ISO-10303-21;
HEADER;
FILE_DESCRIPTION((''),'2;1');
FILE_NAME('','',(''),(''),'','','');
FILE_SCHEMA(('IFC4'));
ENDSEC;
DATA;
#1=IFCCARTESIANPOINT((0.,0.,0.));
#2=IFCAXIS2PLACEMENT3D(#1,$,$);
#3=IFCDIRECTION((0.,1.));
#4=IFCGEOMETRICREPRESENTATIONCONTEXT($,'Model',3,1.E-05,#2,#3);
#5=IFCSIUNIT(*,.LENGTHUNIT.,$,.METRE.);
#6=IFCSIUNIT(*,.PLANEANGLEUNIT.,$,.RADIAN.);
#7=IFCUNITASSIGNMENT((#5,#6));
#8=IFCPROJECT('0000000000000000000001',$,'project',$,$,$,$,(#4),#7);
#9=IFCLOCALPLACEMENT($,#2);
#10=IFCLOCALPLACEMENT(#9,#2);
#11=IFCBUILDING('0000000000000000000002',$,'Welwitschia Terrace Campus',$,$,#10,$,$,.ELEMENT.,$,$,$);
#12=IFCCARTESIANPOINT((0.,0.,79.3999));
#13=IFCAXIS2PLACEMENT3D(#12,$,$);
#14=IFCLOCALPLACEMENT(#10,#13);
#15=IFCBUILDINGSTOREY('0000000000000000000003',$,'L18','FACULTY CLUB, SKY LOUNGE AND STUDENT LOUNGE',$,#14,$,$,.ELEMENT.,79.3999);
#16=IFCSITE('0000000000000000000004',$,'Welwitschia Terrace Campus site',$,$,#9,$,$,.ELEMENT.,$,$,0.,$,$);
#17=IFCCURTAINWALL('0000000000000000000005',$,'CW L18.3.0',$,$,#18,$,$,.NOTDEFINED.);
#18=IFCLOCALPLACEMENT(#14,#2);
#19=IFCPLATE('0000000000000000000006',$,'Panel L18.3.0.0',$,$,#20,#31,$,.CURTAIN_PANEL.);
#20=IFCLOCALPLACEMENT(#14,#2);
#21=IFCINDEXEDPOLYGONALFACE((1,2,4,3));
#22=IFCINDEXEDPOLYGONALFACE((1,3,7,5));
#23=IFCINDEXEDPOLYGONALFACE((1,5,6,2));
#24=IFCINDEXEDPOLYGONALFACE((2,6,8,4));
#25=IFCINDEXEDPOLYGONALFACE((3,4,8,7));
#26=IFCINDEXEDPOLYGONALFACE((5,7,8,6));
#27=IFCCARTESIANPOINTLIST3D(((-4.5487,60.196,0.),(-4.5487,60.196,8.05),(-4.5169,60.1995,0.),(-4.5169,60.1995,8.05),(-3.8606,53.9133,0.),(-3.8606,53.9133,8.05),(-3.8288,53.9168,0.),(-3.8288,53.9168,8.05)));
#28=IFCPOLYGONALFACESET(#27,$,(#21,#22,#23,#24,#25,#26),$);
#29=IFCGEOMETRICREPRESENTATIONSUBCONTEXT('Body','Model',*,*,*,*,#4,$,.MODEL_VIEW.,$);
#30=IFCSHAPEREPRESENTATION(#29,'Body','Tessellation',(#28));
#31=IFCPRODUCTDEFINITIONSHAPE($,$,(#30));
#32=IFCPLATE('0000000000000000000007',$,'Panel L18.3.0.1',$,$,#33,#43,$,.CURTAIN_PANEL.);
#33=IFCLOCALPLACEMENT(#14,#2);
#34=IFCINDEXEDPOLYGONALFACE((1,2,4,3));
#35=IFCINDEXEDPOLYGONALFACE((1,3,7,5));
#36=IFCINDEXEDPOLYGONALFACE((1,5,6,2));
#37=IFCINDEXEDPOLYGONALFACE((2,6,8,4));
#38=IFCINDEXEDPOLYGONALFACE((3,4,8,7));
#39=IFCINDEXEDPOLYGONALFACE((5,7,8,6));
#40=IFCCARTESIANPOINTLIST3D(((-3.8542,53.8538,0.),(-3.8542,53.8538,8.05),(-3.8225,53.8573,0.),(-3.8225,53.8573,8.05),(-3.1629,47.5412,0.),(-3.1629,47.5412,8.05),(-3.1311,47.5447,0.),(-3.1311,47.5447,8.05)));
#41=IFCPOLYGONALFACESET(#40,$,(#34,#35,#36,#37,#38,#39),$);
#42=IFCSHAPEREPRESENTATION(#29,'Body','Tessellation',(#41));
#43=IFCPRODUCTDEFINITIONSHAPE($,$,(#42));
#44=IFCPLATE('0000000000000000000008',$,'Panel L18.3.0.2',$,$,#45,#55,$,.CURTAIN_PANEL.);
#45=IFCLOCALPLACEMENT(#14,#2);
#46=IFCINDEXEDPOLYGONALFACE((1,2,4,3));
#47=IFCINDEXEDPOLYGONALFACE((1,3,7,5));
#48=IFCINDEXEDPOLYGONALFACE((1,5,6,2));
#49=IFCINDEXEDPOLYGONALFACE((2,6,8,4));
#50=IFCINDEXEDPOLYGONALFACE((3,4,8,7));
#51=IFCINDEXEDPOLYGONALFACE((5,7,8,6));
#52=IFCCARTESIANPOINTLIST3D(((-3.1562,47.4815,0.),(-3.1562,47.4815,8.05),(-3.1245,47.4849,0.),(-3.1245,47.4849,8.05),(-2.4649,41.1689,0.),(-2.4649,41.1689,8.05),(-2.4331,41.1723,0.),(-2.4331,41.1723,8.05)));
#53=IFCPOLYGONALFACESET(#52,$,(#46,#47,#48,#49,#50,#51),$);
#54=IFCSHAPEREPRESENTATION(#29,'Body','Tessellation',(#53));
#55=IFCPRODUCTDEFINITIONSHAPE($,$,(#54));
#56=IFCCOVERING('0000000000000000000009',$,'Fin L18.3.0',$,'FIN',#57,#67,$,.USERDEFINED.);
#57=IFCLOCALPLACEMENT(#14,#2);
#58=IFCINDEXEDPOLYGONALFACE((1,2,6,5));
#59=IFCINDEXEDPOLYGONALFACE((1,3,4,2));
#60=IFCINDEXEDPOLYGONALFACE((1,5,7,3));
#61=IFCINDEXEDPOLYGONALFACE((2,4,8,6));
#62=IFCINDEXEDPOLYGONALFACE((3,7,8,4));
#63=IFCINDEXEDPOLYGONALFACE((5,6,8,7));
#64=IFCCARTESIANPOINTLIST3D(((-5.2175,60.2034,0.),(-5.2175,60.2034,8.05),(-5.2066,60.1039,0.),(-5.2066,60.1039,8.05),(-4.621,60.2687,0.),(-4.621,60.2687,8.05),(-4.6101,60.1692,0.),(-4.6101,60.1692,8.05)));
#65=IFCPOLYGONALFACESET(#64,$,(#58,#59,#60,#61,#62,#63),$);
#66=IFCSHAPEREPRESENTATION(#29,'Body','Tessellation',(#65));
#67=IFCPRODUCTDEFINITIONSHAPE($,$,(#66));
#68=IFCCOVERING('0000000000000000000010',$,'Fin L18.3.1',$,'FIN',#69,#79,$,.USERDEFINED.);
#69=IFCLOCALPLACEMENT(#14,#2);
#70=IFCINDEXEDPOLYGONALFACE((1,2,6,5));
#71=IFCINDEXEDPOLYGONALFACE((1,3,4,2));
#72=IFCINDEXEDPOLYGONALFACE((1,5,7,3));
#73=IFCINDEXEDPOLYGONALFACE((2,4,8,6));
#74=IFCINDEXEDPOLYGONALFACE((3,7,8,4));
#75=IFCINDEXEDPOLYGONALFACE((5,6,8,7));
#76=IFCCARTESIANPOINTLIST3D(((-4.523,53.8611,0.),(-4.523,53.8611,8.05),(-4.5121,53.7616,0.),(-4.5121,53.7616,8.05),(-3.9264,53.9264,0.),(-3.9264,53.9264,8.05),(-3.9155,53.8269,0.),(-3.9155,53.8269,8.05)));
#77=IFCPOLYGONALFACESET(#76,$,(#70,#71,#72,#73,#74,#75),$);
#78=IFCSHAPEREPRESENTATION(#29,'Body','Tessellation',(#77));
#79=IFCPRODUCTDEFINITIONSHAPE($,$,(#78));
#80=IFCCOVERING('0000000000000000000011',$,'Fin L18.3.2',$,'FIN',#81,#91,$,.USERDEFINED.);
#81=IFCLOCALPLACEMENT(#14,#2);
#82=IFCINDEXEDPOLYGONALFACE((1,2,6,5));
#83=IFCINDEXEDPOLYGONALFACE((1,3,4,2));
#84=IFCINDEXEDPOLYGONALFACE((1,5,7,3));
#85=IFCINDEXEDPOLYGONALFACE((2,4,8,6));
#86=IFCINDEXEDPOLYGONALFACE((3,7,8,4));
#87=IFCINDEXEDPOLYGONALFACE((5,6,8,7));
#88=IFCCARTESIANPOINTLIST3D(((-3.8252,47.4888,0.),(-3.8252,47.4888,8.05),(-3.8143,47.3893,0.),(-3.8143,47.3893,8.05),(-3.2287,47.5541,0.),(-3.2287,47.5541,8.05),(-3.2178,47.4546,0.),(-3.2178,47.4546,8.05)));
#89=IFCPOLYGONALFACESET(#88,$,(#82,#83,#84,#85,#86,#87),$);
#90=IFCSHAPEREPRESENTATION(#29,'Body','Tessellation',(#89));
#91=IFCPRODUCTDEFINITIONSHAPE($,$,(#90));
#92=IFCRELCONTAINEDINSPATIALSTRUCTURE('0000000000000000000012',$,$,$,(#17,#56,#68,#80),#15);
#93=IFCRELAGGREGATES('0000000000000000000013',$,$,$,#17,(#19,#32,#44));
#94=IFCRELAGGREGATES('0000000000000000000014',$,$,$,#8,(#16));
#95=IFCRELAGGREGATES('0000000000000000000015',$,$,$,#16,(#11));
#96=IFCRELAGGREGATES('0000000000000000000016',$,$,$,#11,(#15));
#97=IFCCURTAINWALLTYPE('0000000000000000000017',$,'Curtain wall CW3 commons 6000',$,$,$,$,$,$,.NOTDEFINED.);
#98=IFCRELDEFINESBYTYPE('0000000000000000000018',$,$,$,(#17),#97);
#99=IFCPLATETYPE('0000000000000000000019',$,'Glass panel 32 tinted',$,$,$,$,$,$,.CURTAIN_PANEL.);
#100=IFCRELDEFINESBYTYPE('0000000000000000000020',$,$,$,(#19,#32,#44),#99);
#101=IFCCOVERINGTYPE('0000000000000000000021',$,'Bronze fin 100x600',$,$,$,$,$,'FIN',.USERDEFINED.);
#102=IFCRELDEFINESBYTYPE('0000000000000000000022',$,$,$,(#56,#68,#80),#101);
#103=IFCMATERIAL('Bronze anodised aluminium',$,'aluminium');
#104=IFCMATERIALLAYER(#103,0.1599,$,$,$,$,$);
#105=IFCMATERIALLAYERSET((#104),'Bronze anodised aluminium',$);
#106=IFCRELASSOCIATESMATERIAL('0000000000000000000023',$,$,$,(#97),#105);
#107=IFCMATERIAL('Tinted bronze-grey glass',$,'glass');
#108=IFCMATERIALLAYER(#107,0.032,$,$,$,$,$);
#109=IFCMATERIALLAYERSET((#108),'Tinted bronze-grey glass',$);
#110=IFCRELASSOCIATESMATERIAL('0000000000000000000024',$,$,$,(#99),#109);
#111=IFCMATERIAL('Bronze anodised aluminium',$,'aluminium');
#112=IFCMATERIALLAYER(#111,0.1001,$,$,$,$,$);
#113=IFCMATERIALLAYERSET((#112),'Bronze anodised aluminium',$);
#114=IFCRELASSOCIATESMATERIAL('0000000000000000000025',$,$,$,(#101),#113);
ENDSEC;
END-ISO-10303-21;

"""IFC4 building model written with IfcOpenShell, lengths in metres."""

from ifc_helpers import new_model, si_unit, direction, frame, origin, origin_2d, place, context, subcontext, project, spatial, rectangle, extrude, material, layer, layer_set, type_object, element, aggregate, save


model = new_model("IFC4")

# Units and contexts
model_context = context("Model", 3, precision=1e-05, world=origin(), true_north=direction((0.0, 1.0)))
body_context = subcontext(model_context, "Body", "Model", "MODEL_VIEW")
ifc_project = project(units=[si_unit("LENGTHUNIT", "METRE"), si_unit("PLANEANGLEUNIT", "RADIAN")], contexts=[model_context])

# Site, building, storey
site_placement = place(None, origin())
site = spatial("IfcSite", under=ifc_project, at=site_placement, Name="Welwitschia Terrace Campus site", CompositionType="ELEMENT", RefElevation=0.0)
building_placement = place(site_placement, origin())
building = spatial("IfcBuilding", under=site, at=building_placement, Name="Welwitschia Terrace Campus", CompositionType="ELEMENT")
storey_placement = place(building_placement, frame((0.0, 0.0, 79.3999)))
storey = spatial("IfcBuildingStorey", under=building, at=storey_placement, Name="L18", Description="FACULTY CLUB, SKY LOUNGE AND STUDENT LOUNGE", CompositionType="ELEMENT", Elevation=79.3999)

# Shared definitions
ifc_material_1 = material(Name="Bronze anodised aluminium", Category="aluminium")
ifc_layer_1 = layer(ifc_material_1, 0.1599)
ifc_layer_set_1 = layer_set([ifc_layer_1], Name="Bronze anodised aluminium")
curtain_wall_type = type_object("IfcCurtainWallType", Name="Curtain wall CW3 commons 6000", PredefinedType="NOTDEFINED", material=ifc_layer_set_1)

# Curtain wall
curtain_wall_1_placement = place(storey_placement, origin())
curtain_wall_1 = element("IfcCurtainWall", 1, at=curtain_wall_1_placement, inside=storey, type_object=curtain_wall_type, Name="CW L18.3.0", PredefinedType="NOTDEFINED")

# Plates
ifc_material_2 = material(Name="Tinted bronze-grey glass", Category="glass")
ifc_layer_2 = layer(ifc_material_2, 0.032)
ifc_layer_set_2 = layer_set([ifc_layer_2], Name="Tinted bronze-grey glass")
plate_type = type_object("IfcPlateType", Name="Glass panel 32 tinted", PredefinedType="CURTAIN_PANEL", material=ifc_layer_set_2)
plate_1_placement = place(storey_placement, frame((-4.1887, 57.0564, 0.0), z_axis=(0.0, 0.0, 1.0), x_axis=(0.108867, -0.994056, 0.0)))
plate_1 = element("IfcPlate", 2, at=plate_1_placement, type_object=plate_type, Name="Panel L18.3.0.0", PredefinedType="CURTAIN_PANEL", context=body_context, shape_type="SweptSolid", body=[
    extrude(rectangle(XDim=6.3203, YDim=0.032, at=origin_2d()), origin(), (0.0, 0.0, 1.0), 8.05),
])
plate_2_placement = place(storey_placement, frame((-3.4927, 50.6992, 0.0), z_axis=(0.0, 0.0, 1.0), x_axis=(0.108867, -0.994056, 0.0)))
plate_2 = element("IfcPlate", 3, at=plate_2_placement, type_object=plate_type, Name="Panel L18.3.0.1", PredefinedType="CURTAIN_PANEL", context=body_context, shape_type="SweptSolid", body=[
    extrude(rectangle(XDim=6.3503, YDim=0.032, at=origin_2d()), origin(), (0.0, 0.0, 1.0), 8.05),
])
plate_3_placement = place(storey_placement, frame((-2.7947, 44.3269, 0.0), z_axis=(0.0, 0.0, 1.0), x_axis=(0.108867, -0.994056, 0.0)))
plate_3 = element("IfcPlate", 4, at=plate_3_placement, type_object=plate_type, Name="Panel L18.3.0.2", PredefinedType="CURTAIN_PANEL", context=body_context, shape_type="SweptSolid", body=[
    extrude(rectangle(XDim=6.3503, YDim=0.032, at=origin_2d()), origin(), (0.0, 0.0, 1.0), 8.05),
])
aggregate(curtain_wall_1, [plate_1, plate_2, plate_3])

# Coverings
ifc_material_3 = material(Name="Bronze anodised aluminium", Category="aluminium")
ifc_layer_3 = layer(ifc_material_3, 0.1001)
ifc_layer_set_3 = layer_set([ifc_layer_3], Name="Bronze anodised aluminium")
covering_type = type_object("IfcCoveringType", Name="Bronze fin 100x600", ElementType="FIN", PredefinedType="USERDEFINED", material=ifc_layer_set_3)
for number, where, z_axis, x_axis, name in (
    (5, (-4.9138, 60.1863, 0.0), (0.0, 0.0, 1.0), (0.108867, -0.994056, 0.0), "Fin L18.3.0"),
    (6, (-4.2192, 53.844, 0.0), (0.0, 0.0, 1.0), (0.108867, -0.994056, 0.0), "Fin L18.3.1"),
    (7, (-3.5215, 47.4717, 0.0), (0.0, 0.0, 1.0), (0.108867, -0.994056, 0.0), "Fin L18.3.2"),
):
    element("IfcCovering", number, at=place(storey_placement, frame(where, z_axis=z_axis, x_axis=x_axis)), inside=storey, type_object=covering_type, Name=name, ObjectType="FIN", PredefinedType="USERDEFINED", context=body_context, shape_type="SweptSolid", body=[
        extrude(rectangle(XDim=0.1001, YDim=0.6001, at=origin_2d()), origin(), (0.0, 0.0, 1.0), 8.05),
    ])

save(model, "model.ifc")
